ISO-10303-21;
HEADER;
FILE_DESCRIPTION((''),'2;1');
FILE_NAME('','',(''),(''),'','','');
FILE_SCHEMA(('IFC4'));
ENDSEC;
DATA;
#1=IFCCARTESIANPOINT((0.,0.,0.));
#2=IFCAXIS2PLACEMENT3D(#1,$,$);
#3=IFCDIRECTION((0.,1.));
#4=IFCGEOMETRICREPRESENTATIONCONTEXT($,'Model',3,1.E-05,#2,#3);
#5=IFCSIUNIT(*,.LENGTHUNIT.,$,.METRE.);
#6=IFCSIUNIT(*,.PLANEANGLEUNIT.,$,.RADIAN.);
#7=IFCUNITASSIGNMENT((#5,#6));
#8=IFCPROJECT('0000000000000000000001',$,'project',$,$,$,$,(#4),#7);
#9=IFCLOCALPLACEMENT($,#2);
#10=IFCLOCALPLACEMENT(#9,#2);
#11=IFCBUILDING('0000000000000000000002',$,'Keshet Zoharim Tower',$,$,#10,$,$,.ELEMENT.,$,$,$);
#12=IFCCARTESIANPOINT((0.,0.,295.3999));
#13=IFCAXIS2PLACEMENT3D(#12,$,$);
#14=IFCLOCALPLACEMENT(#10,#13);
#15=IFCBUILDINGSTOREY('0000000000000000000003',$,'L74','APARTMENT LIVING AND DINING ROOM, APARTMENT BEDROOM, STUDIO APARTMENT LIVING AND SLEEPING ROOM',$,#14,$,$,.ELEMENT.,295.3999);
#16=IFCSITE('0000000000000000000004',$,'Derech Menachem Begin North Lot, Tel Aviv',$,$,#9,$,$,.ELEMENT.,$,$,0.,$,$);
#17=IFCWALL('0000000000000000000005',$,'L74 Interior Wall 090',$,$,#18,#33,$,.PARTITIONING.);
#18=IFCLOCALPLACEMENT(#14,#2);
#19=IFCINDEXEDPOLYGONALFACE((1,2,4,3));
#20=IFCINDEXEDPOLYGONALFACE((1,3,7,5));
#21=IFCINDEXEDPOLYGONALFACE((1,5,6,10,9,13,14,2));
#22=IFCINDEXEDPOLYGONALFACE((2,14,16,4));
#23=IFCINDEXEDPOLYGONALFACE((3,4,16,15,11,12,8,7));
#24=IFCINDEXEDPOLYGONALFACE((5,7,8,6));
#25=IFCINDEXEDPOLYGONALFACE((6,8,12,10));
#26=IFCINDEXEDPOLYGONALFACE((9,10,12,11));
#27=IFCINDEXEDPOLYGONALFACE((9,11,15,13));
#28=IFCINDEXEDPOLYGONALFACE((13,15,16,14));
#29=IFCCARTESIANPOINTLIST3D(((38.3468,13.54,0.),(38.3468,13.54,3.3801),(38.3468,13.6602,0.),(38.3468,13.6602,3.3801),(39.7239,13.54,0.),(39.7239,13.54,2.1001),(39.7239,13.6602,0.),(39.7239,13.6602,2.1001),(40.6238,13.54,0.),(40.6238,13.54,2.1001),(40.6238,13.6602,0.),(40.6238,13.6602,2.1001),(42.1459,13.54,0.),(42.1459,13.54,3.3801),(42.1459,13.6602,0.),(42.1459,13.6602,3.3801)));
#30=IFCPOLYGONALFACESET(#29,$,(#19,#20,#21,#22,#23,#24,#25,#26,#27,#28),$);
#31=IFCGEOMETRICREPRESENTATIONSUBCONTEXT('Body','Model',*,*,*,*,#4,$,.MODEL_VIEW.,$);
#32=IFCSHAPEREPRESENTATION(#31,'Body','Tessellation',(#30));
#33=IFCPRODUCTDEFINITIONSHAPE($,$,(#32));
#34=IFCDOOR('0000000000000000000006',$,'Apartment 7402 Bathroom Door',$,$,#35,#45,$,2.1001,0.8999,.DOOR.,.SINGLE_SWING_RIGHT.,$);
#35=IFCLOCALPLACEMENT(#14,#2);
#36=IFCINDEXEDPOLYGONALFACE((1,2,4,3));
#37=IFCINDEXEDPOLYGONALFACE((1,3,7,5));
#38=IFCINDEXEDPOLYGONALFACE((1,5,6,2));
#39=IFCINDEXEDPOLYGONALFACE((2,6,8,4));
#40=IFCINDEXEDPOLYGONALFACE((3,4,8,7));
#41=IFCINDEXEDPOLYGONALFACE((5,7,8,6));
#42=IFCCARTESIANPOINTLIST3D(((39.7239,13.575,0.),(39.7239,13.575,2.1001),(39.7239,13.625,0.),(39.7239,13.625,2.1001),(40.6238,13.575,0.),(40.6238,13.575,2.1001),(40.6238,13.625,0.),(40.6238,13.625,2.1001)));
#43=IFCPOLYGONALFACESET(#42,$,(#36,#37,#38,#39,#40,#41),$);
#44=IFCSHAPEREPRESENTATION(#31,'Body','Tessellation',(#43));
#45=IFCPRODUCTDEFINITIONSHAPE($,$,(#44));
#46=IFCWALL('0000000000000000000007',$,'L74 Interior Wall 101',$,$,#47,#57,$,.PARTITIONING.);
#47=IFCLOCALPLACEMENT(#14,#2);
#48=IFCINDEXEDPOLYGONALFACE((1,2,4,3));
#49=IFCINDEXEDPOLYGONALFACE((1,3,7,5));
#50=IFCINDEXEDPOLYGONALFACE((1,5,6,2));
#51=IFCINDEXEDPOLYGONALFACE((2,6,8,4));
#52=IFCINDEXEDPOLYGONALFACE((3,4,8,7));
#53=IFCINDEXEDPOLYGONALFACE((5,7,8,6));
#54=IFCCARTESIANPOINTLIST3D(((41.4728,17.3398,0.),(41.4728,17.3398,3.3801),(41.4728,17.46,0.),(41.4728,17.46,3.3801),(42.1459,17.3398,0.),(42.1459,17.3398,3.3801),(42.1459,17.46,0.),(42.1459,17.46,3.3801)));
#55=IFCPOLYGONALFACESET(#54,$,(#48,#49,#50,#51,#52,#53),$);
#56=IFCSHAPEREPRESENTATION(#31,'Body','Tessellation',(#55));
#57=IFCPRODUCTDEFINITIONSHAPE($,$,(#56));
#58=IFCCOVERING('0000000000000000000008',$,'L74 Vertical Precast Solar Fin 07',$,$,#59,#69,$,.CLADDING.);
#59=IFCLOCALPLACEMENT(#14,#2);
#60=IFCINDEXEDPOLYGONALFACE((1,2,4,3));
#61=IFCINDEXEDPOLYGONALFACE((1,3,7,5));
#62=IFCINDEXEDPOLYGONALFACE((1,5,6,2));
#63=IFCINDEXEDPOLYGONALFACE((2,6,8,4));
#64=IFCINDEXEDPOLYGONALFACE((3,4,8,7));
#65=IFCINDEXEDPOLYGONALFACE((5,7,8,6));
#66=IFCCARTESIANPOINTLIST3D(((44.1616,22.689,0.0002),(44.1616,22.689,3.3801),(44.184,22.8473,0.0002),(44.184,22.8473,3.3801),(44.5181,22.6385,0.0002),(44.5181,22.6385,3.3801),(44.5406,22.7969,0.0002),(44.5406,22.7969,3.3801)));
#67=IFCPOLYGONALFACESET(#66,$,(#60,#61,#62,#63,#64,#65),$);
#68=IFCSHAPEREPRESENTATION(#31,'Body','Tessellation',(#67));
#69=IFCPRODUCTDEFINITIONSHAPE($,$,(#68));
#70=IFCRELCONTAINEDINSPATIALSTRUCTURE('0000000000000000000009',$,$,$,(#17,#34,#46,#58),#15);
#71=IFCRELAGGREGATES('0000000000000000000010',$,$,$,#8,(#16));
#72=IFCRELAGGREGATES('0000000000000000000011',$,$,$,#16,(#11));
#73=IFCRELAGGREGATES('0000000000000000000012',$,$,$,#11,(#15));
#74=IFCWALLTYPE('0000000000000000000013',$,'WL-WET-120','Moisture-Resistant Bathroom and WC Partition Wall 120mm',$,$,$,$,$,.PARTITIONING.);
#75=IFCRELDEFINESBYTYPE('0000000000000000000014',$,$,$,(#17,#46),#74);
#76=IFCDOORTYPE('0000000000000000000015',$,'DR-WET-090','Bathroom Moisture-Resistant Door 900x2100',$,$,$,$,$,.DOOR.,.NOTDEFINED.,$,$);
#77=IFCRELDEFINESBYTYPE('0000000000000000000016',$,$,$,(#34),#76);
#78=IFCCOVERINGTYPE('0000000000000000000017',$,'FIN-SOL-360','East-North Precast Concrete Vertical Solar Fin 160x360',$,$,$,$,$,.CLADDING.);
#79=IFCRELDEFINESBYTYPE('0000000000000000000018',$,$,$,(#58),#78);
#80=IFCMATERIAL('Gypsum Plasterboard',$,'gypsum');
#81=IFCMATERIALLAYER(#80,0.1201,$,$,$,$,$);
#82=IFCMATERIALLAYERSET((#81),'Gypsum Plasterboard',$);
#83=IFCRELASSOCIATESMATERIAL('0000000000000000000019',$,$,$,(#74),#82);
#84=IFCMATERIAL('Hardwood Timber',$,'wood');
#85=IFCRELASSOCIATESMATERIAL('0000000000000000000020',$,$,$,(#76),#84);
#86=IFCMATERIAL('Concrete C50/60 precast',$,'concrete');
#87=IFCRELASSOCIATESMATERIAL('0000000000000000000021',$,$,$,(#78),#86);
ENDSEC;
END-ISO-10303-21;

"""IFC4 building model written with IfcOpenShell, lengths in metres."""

from ifc_helpers import new_model, si_unit, direction, frame, frame_2d, origin, origin_2d, place, context, subcontext, project, spatial, rectangle, extrude, material, layer, layer_set, type_object, element, fill, save


model = new_model("IFC4")

# Units and contexts
model_context = context("Model", 3, precision=1e-05, world=origin(), true_north=direction((0.0, 1.0)))
body_context = subcontext(model_context, "Body", "Model", "MODEL_VIEW")
ifc_project = project(units=[si_unit("LENGTHUNIT", "METRE"), si_unit("PLANEANGLEUNIT", "RADIAN")], contexts=[model_context])

# Site, building, storey
site_placement = place(None, origin())
site = spatial("IfcSite", under=ifc_project, at=site_placement, Name="Derech Menachem Begin North Lot, Tel Aviv", CompositionType="ELEMENT", RefElevation=0.0)
building_placement = place(site_placement, origin())
building = spatial("IfcBuilding", under=site, at=building_placement, Name="Keshet Zoharim Tower", CompositionType="ELEMENT")
storey_placement = place(building_placement, frame((0.0, 0.0, 295.3999)))
storey = spatial("IfcBuildingStorey", under=building, at=storey_placement, Name="L74", Description="APARTMENT LIVING AND DINING ROOM, APARTMENT BEDROOM, STUDIO APARTMENT LIVING AND SLEEPING ROOM", CompositionType="ELEMENT", Elevation=295.3999)

# Shared definitions
ifc_material_1 = material(Name="Gypsum Plasterboard", Category="gypsum")
ifc_material_2 = material(Name="Hardwood Timber", Category="wood")

# Shared definitions
ifc_layer_1 = layer(ifc_material_1, 0.1201)
ifc_layer_set_1 = layer_set([ifc_layer_1], Name="Gypsum Plasterboard")
wall_type_1 = type_object("IfcWallType", Name="WL-WET-120", Description="Moisture-Resistant Bathroom and WC Partition Wall 120mm", PredefinedType="PARTITIONING", material=ifc_layer_set_1)

# Wall, opening, door
wall_1_placement = place(storey_placement, frame((38.3469, 13.6001, 0.0), z_axis=(0.0, 0.0, 1.0), x_axis=(1.0, 0.0, 0.0)))
wall_1 = element("IfcWall", 1, at=wall_1_placement, inside=storey, type_object=wall_type_1, Name="L74 Interior Wall 090", PredefinedType="PARTITIONING", context=body_context, shape_type="SweptSolid", body=[
    extrude(rectangle(XDim=3.7991, YDim=0.1201, at=frame_2d((1.8994, 0.0))), origin(), (0.0, 0.0, 1.0), 3.3801),
])
opening_1_placement = place(wall_1_placement, frame((1.377, 0.0, 0.0)))
opening_1 = element("IfcOpeningElement", 2, at=opening_1_placement, cuts=wall_1, PredefinedType="OPENING", context=body_context, shape_type="SweptSolid", body=[
    extrude(rectangle(XDim=0.8999, YDim=2.1001, at=frame_2d((0.45, 1.05))), frame((0.0, 0.0701, 0.0), z_axis=(0.0, -1.0, 0.0), x_axis=(1.0, 0.0, 0.0)), (0.0, 0.0, 1.0), 0.1401),
])
door_type_1 = type_object("IfcDoorType", Name="DR-WET-090", Description="Bathroom Moisture-Resistant Door 900x2100", OperationType="NOTDEFINED", PredefinedType="DOOR", material=ifc_material_2)
door_1_placement = place(opening_1_placement, origin())
door_1 = element("IfcDoor", 3, at=door_1_placement, inside=storey, type_object=door_type_1, Name="Apartment 7402 Bathroom Door", OperationType="SINGLE_SWING_RIGHT", OverallHeight=2.1001, OverallWidth=0.8999, PredefinedType="DOOR", context=body_context, shape_type="SweptSolid", body=[
    extrude(rectangle(XDim=0.8999, YDim=2.1001, at=frame_2d((0.45, 1.05))), frame((0.0, 0.0249, 0.0), z_axis=(0.0, -1.0, 0.0), x_axis=(1.0, 0.0, 0.0)), (0.0, 0.0, 1.0), 0.05),
])
fill(opening_1, door_1)

# Wall
wall_2_placement = place(storey_placement, frame((41.4729, 17.3999, 0.0), z_axis=(0.0, 0.0, 1.0), x_axis=(1.0, 0.0, 0.0)))
element("IfcWall", 4, at=wall_2_placement, inside=storey, type_object=wall_type_1, Name="L74 Interior Wall 101", PredefinedType="PARTITIONING", context=body_context, shape_type="SweptSolid", body=[
    extrude(rectangle(XDim=0.6731, YDim=0.1201, at=frame_2d((0.3364, 0.0))), origin(), (0.0, 0.0, 1.0), 3.3801),
])

# Covering
ifc_material_3 = material(Name="Concrete C50/60 precast", Category="concrete")
covering_type = type_object("IfcCoveringType", Name="FIN-SOL-360", Description="East-North Precast Concrete Vertical Solar Fin 160x360", PredefinedType="CLADDING", material=ifc_material_3)
covering_placement = place(storey_placement, frame((44.3511, 22.7429, 0.0002), z_axis=(0.0, 0.0, 1.0), x_axis=(-0.140137, -0.990132, 0.0)))
element("IfcCovering", 5, at=covering_placement, inside=storey, type_object=covering_type, Name="L74 Vertical Precast Solar Fin 07", PredefinedType="CLADDING", context=body_context, shape_type="SweptSolid", body=[
    extrude(rectangle(XDim=0.1599, YDim=0.3601, at=origin_2d()), origin(), (0.0, 0.0, 1.0), 3.3799),
])

save(model, "model.ifc")
